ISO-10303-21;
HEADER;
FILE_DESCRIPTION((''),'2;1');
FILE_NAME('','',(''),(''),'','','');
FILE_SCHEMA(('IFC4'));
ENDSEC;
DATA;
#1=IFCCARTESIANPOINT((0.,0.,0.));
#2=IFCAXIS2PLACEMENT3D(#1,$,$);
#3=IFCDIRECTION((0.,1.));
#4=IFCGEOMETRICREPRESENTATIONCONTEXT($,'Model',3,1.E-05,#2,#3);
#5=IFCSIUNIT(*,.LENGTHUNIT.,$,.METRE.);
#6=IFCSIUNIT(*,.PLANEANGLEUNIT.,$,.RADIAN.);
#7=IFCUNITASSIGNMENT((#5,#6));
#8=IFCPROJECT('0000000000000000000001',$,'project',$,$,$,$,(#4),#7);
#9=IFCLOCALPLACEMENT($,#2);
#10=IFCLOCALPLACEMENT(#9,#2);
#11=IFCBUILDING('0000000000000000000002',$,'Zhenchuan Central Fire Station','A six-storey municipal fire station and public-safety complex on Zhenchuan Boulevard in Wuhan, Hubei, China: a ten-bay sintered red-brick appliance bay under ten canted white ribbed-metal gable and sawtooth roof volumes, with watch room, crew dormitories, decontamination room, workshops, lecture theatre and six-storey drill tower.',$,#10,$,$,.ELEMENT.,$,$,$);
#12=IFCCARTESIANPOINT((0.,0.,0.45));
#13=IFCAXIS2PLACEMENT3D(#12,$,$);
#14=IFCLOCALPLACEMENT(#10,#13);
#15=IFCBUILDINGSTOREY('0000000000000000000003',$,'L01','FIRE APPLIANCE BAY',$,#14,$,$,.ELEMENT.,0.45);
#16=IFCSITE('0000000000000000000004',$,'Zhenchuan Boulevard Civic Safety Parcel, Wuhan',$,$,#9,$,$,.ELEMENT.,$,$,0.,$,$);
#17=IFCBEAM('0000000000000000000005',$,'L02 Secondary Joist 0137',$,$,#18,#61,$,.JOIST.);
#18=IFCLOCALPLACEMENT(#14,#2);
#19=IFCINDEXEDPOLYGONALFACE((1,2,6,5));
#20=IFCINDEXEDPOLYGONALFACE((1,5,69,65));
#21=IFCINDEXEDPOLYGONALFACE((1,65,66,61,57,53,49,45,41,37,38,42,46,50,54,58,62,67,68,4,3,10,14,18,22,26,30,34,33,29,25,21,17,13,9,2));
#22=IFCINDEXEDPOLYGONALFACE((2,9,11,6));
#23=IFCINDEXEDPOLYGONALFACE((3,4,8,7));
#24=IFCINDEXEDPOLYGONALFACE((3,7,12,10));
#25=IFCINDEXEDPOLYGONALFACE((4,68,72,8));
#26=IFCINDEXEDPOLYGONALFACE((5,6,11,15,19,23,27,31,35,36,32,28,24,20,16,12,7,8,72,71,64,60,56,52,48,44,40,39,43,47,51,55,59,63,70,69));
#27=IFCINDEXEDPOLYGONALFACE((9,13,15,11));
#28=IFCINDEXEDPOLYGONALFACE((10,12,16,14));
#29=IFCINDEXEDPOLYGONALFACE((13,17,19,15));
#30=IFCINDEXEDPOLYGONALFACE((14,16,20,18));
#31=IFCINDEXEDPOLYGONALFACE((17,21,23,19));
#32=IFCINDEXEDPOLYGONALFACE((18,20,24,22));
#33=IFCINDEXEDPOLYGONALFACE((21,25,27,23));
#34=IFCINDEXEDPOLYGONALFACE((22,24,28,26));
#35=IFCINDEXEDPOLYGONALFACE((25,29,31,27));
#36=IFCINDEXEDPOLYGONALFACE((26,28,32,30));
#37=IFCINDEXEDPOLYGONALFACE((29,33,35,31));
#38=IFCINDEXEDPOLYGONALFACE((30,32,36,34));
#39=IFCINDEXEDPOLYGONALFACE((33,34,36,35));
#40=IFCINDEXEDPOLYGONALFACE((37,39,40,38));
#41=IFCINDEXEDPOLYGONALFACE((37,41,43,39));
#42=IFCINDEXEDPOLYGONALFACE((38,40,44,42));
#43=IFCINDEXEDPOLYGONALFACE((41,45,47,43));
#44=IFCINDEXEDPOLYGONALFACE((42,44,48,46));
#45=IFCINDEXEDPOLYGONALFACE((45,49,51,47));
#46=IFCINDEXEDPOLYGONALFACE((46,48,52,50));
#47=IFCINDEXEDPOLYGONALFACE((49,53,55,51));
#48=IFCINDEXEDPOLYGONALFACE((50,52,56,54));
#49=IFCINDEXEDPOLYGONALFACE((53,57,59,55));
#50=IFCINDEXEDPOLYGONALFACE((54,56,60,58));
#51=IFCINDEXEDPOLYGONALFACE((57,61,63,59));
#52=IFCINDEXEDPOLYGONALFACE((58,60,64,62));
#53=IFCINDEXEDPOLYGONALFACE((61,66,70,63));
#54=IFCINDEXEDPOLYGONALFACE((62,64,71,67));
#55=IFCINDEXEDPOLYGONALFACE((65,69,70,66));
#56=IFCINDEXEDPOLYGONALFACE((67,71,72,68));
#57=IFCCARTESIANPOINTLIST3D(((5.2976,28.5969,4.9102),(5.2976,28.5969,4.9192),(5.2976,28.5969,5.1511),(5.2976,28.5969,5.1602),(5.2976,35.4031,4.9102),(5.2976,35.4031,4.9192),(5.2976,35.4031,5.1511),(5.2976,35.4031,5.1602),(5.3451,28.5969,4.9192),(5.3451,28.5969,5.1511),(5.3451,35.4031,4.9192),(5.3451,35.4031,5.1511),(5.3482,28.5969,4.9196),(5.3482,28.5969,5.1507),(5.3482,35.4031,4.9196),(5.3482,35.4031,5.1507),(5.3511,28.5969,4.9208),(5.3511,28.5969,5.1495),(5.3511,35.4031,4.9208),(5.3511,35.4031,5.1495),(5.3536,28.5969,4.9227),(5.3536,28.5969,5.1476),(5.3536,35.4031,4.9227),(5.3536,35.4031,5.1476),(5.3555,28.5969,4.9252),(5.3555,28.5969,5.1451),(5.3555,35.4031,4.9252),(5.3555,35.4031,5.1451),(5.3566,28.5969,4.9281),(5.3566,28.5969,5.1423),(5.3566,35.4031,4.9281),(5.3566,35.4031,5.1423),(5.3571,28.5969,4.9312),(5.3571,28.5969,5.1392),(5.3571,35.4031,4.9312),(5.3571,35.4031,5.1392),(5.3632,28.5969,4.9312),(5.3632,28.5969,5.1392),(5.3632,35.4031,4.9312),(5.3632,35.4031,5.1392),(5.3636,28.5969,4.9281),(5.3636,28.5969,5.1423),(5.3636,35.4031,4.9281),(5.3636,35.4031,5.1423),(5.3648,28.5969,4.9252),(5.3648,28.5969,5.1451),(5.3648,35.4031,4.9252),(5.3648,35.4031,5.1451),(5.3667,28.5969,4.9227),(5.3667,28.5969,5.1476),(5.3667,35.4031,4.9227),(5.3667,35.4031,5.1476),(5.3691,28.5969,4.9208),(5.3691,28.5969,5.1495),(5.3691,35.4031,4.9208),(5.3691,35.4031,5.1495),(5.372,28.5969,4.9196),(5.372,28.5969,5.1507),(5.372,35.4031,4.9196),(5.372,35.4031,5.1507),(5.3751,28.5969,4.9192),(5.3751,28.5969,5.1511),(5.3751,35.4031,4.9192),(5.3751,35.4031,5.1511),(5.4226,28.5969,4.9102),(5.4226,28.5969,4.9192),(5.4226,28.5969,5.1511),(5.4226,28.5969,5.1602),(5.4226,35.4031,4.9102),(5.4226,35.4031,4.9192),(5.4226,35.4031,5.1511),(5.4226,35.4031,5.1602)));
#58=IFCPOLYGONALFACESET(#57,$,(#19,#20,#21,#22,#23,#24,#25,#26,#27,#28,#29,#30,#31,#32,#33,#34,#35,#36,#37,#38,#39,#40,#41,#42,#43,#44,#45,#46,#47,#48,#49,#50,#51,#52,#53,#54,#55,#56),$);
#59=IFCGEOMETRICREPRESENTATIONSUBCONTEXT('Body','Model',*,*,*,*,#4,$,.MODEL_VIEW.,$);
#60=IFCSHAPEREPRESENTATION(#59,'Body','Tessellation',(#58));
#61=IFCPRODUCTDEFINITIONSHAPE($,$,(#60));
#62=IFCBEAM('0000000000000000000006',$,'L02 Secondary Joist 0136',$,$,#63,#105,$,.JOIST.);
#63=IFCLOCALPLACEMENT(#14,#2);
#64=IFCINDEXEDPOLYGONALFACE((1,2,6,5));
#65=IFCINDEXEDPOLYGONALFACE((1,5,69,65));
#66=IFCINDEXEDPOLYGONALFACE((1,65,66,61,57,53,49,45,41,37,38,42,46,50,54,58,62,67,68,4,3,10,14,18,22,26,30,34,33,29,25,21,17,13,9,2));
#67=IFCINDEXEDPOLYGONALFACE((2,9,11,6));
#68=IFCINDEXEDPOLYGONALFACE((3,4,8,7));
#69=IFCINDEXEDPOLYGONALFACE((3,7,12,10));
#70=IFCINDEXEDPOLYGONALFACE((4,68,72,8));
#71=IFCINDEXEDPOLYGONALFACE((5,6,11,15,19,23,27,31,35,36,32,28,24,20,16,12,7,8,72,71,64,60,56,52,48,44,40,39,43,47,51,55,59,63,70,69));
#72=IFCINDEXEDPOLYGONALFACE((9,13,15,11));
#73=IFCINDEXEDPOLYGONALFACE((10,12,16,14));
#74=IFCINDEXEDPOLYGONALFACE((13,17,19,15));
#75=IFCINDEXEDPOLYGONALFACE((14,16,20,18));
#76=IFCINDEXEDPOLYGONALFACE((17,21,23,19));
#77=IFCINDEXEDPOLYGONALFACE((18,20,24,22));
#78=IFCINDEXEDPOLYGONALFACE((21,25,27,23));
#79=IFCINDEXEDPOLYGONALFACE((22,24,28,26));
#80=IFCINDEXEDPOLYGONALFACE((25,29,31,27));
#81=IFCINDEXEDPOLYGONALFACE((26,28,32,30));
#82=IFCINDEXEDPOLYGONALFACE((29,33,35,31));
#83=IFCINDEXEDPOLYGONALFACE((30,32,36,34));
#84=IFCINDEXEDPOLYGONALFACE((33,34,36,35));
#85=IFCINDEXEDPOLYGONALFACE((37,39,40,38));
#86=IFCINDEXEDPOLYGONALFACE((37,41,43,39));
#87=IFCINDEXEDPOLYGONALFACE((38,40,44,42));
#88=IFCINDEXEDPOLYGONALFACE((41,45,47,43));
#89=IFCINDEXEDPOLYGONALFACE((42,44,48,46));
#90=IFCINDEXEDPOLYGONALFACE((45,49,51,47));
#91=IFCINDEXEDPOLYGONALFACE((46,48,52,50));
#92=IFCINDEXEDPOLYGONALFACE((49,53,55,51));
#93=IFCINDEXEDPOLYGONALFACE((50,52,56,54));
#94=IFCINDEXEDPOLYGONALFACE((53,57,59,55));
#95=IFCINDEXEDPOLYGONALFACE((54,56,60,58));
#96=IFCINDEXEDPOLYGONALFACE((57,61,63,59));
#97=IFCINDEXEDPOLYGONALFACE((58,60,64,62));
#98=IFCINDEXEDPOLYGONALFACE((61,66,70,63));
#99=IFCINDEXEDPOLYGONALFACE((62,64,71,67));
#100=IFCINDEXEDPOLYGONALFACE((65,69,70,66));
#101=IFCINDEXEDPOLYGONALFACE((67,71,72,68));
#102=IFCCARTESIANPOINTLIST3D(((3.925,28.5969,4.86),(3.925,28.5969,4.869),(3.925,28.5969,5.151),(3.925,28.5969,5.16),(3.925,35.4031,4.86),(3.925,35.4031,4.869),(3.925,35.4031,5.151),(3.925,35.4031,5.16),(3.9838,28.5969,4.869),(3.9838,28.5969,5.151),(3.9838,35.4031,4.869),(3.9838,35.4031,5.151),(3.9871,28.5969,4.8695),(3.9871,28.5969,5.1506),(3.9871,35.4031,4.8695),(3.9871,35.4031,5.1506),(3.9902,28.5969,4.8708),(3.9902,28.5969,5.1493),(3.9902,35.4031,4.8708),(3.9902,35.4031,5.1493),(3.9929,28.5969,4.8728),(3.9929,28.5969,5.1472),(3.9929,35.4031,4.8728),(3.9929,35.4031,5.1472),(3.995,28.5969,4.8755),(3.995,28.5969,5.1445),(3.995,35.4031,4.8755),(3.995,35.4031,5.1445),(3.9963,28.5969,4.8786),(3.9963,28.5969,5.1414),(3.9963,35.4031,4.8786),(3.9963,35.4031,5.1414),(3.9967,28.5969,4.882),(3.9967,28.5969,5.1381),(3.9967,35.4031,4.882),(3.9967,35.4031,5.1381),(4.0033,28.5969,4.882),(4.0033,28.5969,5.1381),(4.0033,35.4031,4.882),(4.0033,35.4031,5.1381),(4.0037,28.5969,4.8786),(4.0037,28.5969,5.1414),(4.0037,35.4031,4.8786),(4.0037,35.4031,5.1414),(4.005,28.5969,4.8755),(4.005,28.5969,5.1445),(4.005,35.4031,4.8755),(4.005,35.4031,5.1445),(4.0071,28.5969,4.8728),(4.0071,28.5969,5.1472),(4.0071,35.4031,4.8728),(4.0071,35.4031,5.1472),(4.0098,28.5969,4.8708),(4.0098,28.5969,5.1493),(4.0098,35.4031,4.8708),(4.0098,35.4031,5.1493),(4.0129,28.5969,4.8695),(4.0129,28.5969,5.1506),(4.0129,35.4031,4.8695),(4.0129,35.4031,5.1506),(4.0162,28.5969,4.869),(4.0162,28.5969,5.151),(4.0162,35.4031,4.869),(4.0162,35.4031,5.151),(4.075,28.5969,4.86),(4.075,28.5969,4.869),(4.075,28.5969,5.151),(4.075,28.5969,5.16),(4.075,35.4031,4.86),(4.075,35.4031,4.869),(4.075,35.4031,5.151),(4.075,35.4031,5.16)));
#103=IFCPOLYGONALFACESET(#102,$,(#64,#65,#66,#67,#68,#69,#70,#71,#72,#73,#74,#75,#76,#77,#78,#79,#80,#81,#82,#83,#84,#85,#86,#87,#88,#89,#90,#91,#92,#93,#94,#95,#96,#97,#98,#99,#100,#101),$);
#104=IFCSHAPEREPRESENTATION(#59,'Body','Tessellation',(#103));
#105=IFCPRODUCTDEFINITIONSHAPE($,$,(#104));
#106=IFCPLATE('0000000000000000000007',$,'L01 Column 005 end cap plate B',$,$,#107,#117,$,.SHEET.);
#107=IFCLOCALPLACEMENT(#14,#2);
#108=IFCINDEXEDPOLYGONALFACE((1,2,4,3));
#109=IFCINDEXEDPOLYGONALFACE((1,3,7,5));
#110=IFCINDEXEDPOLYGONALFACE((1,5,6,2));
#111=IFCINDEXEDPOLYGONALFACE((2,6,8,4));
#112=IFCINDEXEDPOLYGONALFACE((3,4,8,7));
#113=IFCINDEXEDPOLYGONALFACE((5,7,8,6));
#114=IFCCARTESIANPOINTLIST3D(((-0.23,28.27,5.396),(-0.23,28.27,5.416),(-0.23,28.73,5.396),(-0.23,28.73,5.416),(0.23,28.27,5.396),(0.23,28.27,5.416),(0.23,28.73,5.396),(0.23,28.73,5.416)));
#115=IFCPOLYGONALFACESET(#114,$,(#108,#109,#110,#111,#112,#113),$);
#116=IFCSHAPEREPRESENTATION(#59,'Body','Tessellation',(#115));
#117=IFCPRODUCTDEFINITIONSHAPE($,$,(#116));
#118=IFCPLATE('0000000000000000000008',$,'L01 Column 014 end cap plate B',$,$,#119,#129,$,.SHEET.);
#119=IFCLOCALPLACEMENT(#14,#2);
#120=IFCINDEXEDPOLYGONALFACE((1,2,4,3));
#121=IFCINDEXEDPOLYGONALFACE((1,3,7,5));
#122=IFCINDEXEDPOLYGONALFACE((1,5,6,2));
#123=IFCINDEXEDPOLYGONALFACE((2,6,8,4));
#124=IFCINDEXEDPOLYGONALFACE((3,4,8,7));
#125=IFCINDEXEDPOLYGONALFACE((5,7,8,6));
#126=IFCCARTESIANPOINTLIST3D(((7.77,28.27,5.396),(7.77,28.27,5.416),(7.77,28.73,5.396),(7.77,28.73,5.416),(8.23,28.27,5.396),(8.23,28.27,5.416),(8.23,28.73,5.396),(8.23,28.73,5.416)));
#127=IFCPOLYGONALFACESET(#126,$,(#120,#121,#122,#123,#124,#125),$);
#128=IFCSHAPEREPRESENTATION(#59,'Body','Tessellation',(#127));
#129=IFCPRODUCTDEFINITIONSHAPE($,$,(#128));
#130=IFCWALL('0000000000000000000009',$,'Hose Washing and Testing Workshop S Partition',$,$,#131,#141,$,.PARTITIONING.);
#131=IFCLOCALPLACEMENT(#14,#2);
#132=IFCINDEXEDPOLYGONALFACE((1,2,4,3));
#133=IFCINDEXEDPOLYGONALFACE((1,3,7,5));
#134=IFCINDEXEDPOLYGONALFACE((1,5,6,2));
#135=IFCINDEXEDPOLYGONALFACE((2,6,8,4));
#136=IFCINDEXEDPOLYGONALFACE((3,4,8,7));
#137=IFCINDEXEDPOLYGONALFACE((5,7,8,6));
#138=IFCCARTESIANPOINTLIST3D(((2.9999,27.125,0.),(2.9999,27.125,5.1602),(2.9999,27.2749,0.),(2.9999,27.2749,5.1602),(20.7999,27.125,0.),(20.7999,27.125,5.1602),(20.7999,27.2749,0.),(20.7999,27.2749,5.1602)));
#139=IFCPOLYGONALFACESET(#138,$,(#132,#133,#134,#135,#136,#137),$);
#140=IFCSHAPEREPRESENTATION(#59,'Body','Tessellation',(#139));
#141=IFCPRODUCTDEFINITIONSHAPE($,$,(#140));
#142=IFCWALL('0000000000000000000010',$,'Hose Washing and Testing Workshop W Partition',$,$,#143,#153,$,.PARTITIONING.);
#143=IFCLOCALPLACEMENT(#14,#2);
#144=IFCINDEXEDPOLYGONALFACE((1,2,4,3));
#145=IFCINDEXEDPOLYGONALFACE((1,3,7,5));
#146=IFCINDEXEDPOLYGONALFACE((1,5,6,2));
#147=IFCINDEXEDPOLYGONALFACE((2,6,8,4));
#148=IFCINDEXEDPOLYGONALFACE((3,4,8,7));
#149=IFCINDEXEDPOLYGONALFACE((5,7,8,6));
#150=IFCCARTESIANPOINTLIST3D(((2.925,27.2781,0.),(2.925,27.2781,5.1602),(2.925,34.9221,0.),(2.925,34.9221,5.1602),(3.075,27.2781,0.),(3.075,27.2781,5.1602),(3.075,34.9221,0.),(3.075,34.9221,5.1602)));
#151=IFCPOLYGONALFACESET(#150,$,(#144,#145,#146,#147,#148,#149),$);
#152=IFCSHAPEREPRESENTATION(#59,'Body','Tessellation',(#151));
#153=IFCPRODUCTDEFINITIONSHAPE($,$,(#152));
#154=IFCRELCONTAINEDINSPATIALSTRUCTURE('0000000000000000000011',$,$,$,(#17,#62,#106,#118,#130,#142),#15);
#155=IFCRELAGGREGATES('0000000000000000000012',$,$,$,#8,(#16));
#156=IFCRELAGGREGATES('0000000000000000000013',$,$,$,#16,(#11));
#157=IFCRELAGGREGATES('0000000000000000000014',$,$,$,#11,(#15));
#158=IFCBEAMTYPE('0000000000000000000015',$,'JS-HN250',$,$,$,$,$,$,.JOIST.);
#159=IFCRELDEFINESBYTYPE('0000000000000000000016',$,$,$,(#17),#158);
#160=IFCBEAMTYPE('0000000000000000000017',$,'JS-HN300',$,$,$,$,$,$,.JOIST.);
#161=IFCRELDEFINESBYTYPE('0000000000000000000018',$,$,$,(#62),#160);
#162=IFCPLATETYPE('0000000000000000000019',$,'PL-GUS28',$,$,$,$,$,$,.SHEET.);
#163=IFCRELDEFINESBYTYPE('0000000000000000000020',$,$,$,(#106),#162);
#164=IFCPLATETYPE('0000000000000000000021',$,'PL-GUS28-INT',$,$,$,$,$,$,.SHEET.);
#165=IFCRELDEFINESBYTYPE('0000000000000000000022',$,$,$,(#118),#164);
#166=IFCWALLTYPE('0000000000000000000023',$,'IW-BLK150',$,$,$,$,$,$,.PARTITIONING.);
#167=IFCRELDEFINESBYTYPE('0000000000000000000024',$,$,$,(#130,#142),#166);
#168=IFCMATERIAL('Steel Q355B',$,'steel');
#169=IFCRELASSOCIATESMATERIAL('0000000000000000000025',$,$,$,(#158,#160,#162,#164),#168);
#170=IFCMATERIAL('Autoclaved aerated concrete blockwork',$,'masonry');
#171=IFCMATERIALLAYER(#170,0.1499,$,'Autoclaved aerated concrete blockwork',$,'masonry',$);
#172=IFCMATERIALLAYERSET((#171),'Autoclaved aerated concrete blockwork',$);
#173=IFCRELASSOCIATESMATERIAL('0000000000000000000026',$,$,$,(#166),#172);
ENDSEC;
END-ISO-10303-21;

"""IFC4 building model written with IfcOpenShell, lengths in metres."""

from ifc_helpers import new_model, si_unit, direction, frame, frame_2d, origin, origin_2d, place, context, subcontext, project, spatial, rectangle, i_section, extrude, material, layer, layer_set, material_profile, profile_set, type_object, element, save


model = new_model("IFC4")

# Units and contexts
model_context = context("Model", 3, precision=1e-05, world=origin(), true_north=direction((0.0, 1.0)))
body_context = subcontext(model_context, "Body", "Model", "MODEL_VIEW")
ifc_project = project(units=[si_unit("LENGTHUNIT", "METRE"), si_unit("PLANEANGLEUNIT", "RADIAN")], contexts=[model_context])

# Site, building, storey
site_placement = place(None, origin())
site = spatial("IfcSite", under=ifc_project, at=site_placement, Name="Zhenchuan Boulevard Civic Safety Parcel, Wuhan", CompositionType="ELEMENT", RefElevation=0.0)
building_placement = place(site_placement, origin())
building = spatial("IfcBuilding", under=site, at=building_placement, Name="Zhenchuan Central Fire Station", Description="A six-storey municipal fire station and public-safety complex on Zhenchuan Boulevard in Wuhan, Hubei, China: a ten-bay sintered red-brick appliance bay under ten canted white ribbed-metal gable and sawtooth roof volumes, with watch room, crew dormitories, decontamination room, workshops, lecture theatre and six-storey drill tower.", CompositionType="ELEMENT")
storey_placement = place(building_placement, frame((0.0, 0.0, 0.45)))
storey = spatial("IfcBuildingStorey", under=building, at=storey_placement, Name="L01", Description="FIRE APPLIANCE BAY", CompositionType="ELEMENT", Elevation=0.45)

# Shared definitions
ifc_material_1 = material(Name="Steel Q355B", Category="steel")

# Beams
ifc_material_profile_1 = material_profile(ifc_material_1, i_section(OverallWidth=0.125, OverallDepth=0.25, WebThickness=0.0061, FlangeThickness=0.009, FilletRadius=0.012, at=origin_2d()), Name="HN 250x125")
ifc_profile_set_1 = profile_set([ifc_material_profile_1], Name="Steel Q355B")
beam_type_1 = type_object("IfcBeamType", Name="JS-HN250", PredefinedType="JOIST", material=ifc_profile_set_1)
beam_1_placement = place(storey_placement, frame((5.3601, 28.5969, 5.0352), z_axis=(0.0, 1.0, 0.0), x_axis=(-1.0, 0.0, 0.0)))
element("IfcBeam", 1, at=beam_1_placement, inside=storey, type_object=beam_type_1, Name="L02 Secondary Joist 0137", PredefinedType="JOIST", context=body_context, shape_type="SweptSolid", body=[
    extrude(i_section(OverallWidth=0.125, OverallDepth=0.25, WebThickness=0.0061, FlangeThickness=0.009, FilletRadius=0.012, at=origin_2d()), origin(), (0.0, 0.0, 1.0), 6.8062),
])
ifc_material_profile_2 = material_profile(ifc_material_1, i_section(OverallWidth=0.1499, OverallDepth=0.3, WebThickness=0.0066, FlangeThickness=0.009, FilletRadius=0.0129, at=origin_2d()), Name="HN 300x150")
ifc_profile_set_2 = profile_set([ifc_material_profile_2], Name="Steel Q355B")
beam_type_2 = type_object("IfcBeamType", Name="JS-HN300", PredefinedType="JOIST", material=ifc_profile_set_2)
beam_2_placement = place(storey_placement, frame((4.0, 28.5969, 5.01), z_axis=(0.0, 1.0, 0.0), x_axis=(-1.0, 0.0, 0.0)))
element("IfcBeam", 2, at=beam_2_placement, inside=storey, type_object=beam_type_2, Name="L02 Secondary Joist 0136", PredefinedType="JOIST", context=body_context, shape_type="SweptSolid", body=[
    extrude(i_section(OverallWidth=0.1499, OverallDepth=0.3, WebThickness=0.0066, FlangeThickness=0.009, FilletRadius=0.0129, at=origin_2d()), origin(), (0.0, 0.0, 1.0), 6.8062),
])

# Plates
ifc_material_profile_3 = material_profile(ifc_material_1, rectangle(XDim=0.46, YDim=0.46, at=origin_2d()), Name="PL 460x460x28")
ifc_profile_set_3 = profile_set([ifc_material_profile_3], Name="Steel Q355B")
plate_type_1 = type_object("IfcPlateType", Name="PL-GUS28", PredefinedType="SHEET", material=ifc_profile_set_3)
plate_1_placement = place(storey_placement, frame((0.0, 28.5, 5.396), z_axis=(0.0, 0.0, 1.0), x_axis=(1.0, 0.0, 0.0)))
element("IfcPlate", 3, at=plate_1_placement, inside=storey, type_object=plate_type_1, Name="L01 Column 005 end cap plate B", PredefinedType="SHEET", context=body_context, shape_type="SweptSolid", body=[
    extrude(rectangle(XDim=0.46, YDim=0.46, at=origin_2d()), origin(), (0.0, 0.0, 1.0), 0.02),
])
ifc_material_profile_4 = material_profile(ifc_material_1, rectangle(XDim=0.46, YDim=0.46, at=origin_2d()), Name="PL 460x460x28")
ifc_profile_set_4 = profile_set([ifc_material_profile_4], Name="Steel Q355B")
plate_type_2 = type_object("IfcPlateType", Name="PL-GUS28-INT", PredefinedType="SHEET", material=ifc_profile_set_4)
plate_2_placement = place(storey_placement, frame((8.0, 28.5, 5.396), z_axis=(0.0, 0.0, 1.0), x_axis=(1.0, 0.0, 0.0)))
element("IfcPlate", 4, at=plate_2_placement, inside=storey, type_object=plate_type_2, Name="L01 Column 014 end cap plate B", PredefinedType="SHEET", context=body_context, shape_type="SweptSolid", body=[
    extrude(rectangle(XDim=0.46, YDim=0.46, at=origin_2d()), origin(), (0.0, 0.0, 1.0), 0.02),
])

# Walls
ifc_material_2 = material(Name="Autoclaved aerated concrete blockwork", Category="masonry")
ifc_layer = layer(ifc_material_2, 0.1499, Name="Autoclaved aerated concrete blockwork", Category="masonry")
ifc_layer_set = layer_set([ifc_layer], Name="Autoclaved aerated concrete blockwork")
wall_type = type_object("IfcWallType", Name="IW-BLK150", PredefinedType="PARTITIONING", material=ifc_layer_set)
wall_1_placement = place(storey_placement, frame((3.0, 27.2, 0.0), z_axis=(0.0, 0.0, 1.0), x_axis=(1.0, 0.0, 0.0)))
element("IfcWall", 5, at=wall_1_placement, inside=storey, type_object=wall_type, Name="Hose Washing and Testing Workshop S Partition", PredefinedType="PARTITIONING", context=body_context, shape_type="SweptSolid", body=[
    extrude(rectangle(XDim=17.8, YDim=0.1499, at=frame_2d((8.8999, 0.0))), origin(), (0.0, 0.0, 1.0), 5.1602),
])
wall_2_placement = place(storey_placement, frame((3.0, 27.2781, 0.0), z_axis=(0.0, 0.0, 1.0), x_axis=(0.0, 1.0, 0.0)))
element("IfcWall", 6, at=wall_2_placement, inside=storey, type_object=wall_type, Name="Hose Washing and Testing Workshop W Partition", PredefinedType="PARTITIONING", context=body_context, shape_type="SweptSolid", body=[
    extrude(rectangle(XDim=7.644, YDim=0.1499, at=frame_2d((3.822, 0.0))), origin(), (0.0, 0.0, 1.0), 5.1602),
])

save(model, "model.ifc")
